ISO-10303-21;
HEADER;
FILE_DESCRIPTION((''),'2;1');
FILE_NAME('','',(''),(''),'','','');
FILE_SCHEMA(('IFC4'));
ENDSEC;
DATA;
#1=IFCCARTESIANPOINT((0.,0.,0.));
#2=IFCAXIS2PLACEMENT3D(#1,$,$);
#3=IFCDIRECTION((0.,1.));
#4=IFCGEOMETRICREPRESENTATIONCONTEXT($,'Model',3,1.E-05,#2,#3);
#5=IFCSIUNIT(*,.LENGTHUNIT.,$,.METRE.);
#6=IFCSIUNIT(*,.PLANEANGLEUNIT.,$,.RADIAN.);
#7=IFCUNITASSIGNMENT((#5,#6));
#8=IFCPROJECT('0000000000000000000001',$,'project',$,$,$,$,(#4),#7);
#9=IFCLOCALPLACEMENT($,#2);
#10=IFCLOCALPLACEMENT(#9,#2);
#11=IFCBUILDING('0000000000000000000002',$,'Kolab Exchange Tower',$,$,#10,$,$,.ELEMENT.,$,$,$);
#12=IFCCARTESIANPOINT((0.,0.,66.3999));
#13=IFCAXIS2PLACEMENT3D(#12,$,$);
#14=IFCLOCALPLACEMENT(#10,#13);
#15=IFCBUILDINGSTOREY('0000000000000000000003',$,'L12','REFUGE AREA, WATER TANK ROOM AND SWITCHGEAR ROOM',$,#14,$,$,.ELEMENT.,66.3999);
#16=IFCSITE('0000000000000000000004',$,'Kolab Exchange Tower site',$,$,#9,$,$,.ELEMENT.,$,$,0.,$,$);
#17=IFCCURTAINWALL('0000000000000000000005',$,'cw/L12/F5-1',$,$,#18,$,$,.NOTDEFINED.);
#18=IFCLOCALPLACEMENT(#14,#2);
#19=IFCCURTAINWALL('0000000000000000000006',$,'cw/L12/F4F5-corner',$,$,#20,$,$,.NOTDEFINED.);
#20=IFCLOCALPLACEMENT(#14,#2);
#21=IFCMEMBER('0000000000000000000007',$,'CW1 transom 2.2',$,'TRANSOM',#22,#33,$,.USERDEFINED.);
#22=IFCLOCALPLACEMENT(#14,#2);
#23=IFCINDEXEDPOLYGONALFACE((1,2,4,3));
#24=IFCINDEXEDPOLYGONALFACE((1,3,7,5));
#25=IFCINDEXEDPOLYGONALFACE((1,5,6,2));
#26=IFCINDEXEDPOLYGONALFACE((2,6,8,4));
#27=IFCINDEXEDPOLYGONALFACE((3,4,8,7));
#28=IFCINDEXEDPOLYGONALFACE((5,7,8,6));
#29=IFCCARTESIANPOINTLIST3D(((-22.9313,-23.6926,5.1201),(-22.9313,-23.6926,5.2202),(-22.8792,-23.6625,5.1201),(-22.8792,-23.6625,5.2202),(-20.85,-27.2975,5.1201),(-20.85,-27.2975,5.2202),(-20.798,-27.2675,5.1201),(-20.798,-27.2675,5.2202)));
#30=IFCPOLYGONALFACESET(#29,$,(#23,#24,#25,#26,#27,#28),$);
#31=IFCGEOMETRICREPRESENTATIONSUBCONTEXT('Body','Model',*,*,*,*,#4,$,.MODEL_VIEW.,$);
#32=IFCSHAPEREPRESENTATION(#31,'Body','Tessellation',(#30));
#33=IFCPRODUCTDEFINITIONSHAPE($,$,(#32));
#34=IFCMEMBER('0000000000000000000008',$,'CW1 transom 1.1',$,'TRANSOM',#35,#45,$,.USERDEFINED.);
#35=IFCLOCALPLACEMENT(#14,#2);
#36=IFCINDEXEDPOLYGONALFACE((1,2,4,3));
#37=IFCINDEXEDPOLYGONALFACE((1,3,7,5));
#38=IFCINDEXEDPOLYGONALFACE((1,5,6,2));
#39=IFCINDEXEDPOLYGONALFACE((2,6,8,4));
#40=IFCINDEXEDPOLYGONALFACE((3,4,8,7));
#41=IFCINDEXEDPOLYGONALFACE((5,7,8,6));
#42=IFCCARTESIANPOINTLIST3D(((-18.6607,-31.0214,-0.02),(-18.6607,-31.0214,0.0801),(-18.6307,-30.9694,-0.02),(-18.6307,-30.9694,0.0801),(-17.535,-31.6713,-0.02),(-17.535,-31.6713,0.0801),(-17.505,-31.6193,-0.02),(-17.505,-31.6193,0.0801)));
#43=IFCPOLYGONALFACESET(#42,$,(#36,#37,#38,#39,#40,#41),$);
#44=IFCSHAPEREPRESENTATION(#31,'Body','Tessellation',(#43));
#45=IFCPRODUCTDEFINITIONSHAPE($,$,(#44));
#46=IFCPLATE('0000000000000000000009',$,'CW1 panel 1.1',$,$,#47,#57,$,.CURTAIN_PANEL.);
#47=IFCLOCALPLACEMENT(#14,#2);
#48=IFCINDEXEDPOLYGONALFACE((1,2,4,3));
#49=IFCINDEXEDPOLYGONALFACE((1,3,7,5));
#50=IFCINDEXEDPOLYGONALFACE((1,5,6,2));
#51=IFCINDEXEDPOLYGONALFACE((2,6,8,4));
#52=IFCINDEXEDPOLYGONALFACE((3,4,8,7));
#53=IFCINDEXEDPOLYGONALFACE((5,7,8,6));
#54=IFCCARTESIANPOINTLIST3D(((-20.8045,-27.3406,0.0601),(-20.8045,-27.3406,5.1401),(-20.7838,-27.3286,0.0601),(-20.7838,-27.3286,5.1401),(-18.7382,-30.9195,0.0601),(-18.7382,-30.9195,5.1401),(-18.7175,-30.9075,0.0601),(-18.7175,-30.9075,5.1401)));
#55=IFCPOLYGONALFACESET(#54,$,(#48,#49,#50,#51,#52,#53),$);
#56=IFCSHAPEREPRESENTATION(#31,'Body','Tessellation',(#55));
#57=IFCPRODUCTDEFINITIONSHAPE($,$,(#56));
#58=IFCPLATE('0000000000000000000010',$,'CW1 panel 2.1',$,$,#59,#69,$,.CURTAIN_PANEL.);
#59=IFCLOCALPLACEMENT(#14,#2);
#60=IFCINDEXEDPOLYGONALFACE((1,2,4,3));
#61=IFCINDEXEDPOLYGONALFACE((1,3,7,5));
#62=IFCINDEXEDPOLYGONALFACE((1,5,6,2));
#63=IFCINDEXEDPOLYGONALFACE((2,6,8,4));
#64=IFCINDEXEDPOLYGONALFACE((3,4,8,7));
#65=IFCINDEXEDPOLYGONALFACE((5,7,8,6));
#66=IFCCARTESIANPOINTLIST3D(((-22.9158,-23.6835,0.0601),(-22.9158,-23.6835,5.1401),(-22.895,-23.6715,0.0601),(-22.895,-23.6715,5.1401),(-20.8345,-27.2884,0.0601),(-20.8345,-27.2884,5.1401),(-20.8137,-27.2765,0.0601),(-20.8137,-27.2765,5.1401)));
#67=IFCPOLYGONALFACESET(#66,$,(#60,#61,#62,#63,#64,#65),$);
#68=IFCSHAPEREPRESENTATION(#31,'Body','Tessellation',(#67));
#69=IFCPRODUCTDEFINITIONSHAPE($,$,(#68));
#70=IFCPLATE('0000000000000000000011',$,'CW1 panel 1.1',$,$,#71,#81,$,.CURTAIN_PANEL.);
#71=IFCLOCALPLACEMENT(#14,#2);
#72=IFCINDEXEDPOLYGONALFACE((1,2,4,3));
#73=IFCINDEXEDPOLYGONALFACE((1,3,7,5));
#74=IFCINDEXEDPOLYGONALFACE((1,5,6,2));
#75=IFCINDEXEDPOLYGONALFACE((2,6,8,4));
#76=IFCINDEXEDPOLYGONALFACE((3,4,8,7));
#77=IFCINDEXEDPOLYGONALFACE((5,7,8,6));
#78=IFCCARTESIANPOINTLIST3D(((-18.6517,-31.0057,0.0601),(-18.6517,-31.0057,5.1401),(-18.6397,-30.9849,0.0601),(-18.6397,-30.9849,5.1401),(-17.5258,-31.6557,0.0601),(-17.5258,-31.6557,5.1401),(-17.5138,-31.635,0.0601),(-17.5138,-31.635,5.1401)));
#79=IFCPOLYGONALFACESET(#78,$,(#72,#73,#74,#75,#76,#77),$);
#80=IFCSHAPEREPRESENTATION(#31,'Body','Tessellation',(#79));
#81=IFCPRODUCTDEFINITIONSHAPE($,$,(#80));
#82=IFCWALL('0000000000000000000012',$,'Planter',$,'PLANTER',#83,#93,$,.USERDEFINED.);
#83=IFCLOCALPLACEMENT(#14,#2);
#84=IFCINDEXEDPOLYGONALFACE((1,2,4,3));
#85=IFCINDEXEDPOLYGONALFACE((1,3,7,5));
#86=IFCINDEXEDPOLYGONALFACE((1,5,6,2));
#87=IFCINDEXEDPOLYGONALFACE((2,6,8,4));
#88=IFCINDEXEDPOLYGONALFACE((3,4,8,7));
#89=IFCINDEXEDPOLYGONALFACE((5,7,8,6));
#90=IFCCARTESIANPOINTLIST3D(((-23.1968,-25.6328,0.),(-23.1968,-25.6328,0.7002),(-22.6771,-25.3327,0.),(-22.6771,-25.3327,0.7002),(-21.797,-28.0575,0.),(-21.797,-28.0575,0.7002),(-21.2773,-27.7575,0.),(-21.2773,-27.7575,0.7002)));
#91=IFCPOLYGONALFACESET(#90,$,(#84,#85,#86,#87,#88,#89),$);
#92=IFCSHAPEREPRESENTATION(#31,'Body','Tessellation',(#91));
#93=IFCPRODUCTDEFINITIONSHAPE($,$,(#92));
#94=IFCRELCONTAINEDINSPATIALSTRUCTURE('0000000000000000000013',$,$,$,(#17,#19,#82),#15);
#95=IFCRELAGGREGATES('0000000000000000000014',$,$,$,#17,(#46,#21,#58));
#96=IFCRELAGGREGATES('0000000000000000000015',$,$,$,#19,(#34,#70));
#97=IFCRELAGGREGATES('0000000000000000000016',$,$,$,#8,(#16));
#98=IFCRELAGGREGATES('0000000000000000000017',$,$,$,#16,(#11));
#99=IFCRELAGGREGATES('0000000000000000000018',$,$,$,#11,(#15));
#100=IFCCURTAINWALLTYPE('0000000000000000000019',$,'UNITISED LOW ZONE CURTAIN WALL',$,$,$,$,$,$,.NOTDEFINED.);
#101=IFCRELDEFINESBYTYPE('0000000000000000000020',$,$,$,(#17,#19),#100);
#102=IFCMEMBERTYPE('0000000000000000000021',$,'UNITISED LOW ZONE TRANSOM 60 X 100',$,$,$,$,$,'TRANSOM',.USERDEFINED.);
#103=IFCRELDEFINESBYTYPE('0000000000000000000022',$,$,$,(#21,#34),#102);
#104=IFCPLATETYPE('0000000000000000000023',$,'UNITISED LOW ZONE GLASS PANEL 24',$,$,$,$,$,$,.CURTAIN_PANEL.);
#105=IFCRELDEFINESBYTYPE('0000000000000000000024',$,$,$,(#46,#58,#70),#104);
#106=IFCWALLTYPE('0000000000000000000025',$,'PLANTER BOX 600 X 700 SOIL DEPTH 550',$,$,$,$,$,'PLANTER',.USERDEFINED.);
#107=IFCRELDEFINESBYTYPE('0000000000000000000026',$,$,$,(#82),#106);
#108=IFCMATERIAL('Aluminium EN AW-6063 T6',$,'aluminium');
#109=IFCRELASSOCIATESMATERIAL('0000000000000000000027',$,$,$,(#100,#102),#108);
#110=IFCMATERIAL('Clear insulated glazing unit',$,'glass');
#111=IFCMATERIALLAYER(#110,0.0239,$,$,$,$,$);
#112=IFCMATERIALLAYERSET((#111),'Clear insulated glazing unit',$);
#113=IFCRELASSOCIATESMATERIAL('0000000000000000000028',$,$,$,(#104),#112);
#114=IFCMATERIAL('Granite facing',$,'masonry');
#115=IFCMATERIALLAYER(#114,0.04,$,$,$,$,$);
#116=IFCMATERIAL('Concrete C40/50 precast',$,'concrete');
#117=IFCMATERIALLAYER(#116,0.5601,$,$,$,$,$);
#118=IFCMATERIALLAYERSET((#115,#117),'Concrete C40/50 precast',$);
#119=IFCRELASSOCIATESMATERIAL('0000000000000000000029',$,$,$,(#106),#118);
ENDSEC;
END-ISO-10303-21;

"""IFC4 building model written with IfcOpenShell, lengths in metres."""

from ifc_helpers import new_model, si_unit, direction, frame, frame_2d, origin, origin_2d, place, context, subcontext, project, spatial, rectangle, extrude, material, layer, layer_set, material_profile, profile_set, type_object, element, aggregate, save


model = new_model("IFC4")

# Units and contexts
model_context = context("Model", 3, precision=1e-05, world=origin(), true_north=direction((0.0, 1.0)))
body_context = subcontext(model_context, "Body", "Model", "MODEL_VIEW")
ifc_project = project(units=[si_unit("LENGTHUNIT", "METRE"), si_unit("PLANEANGLEUNIT", "RADIAN")], contexts=[model_context])

# Site, building, storey
site_placement = place(None, origin())
site = spatial("IfcSite", under=ifc_project, at=site_placement, Name="Kolab Exchange Tower site", CompositionType="ELEMENT", RefElevation=0.0)
building_placement = place(site_placement, origin())
building = spatial("IfcBuilding", under=site, at=building_placement, Name="Kolab Exchange Tower", CompositionType="ELEMENT")
storey_placement = place(building_placement, frame((0.0, 0.0, 66.3999)))
storey = spatial("IfcBuildingStorey", under=building, at=storey_placement, Name="L12", Description="REFUGE AREA, WATER TANK ROOM AND SWITCHGEAR ROOM", CompositionType="ELEMENT", Elevation=66.3999)

# Curtain wall
ifc_material_1 = material(Name="Aluminium EN AW-6063 T6", Category="aluminium")
curtain_wall_type = type_object("IfcCurtainWallType", Name="UNITISED LOW ZONE CURTAIN WALL", PredefinedType="NOTDEFINED", material=ifc_material_1)
curtain_wall_1_placement = place(storey_placement, origin())
curtain_wall_1 = element("IfcCurtainWall", 1, at=curtain_wall_1_placement, inside=storey, type_object=curtain_wall_type, Name="cw/L12/F5-1", PredefinedType="NOTDEFINED")

# Curtain wall
curtain_wall_2_placement = place(storey_placement, origin())
curtain_wall_2 = element("IfcCurtainWall", 2, at=curtain_wall_2_placement, inside=storey, type_object=curtain_wall_type, Name="cw/L12/F4F5-corner", PredefinedType="NOTDEFINED")

# Members
ifc_material_profile_1 = material_profile(ifc_material_1, rectangle(XDim=0.0601, YDim=0.1001, at=origin_2d()), Name="RECT 60X100")
ifc_profile_set_1 = profile_set([ifc_material_profile_1], Name="Aluminium EN AW-6063 T6")
member_type_1 = type_object("IfcMemberType", Name="UNITISED LOW ZONE TRANSOM 60 X 100", ElementType="TRANSOM", PredefinedType="USERDEFINED", material=ifc_profile_set_1)
member_1_placement = place(storey_placement, frame((-20.824, -27.2825, 5.1702), z_axis=(-0.499993, 0.866029, 0.0), x_axis=(-0.866029, -0.499993, 0.0)))
member_1 = element("IfcMember", 3, at=member_1_placement, type_object=member_type_1, Name="CW1 transom 2.2", ObjectType="TRANSOM", PredefinedType="USERDEFINED", context=body_context, shape_type="SweptSolid", body=[
    extrude(rectangle(XDim=0.0601, YDim=0.1001, at=origin_2d()), origin(), (0.0, 0.0, 1.0), 4.1626),
])
member_2_placement = place(storey_placement, frame((-17.52, -31.6453, 0.03), z_axis=(-0.866039, 0.499977, 0.0), x_axis=(-0.499977, -0.866039, 0.0)))
member_2 = element("IfcMember", 4, at=member_2_placement, type_object=member_type_1, Name="CW1 transom 1.1", ObjectType="TRANSOM", PredefinedType="USERDEFINED", context=body_context, shape_type="SweptSolid", body=[
    extrude(rectangle(XDim=0.0601, YDim=0.1001, at=origin_2d()), origin(), (0.0, 0.0, 1.0), 1.2998),
])

# Plates
ifc_material_2 = material(Name="Clear insulated glazing unit", Category="glass")
ifc_layer_1 = layer(ifc_material_2, 0.0239)
ifc_layer_set_1 = layer_set([ifc_layer_1], Name="Clear insulated glazing unit")
plate_type = type_object("IfcPlateType", Name="UNITISED LOW ZONE GLASS PANEL 24", PredefinedType="CURTAIN_PANEL", material=ifc_layer_set_1)
plate_1_placement = place(storey_placement, frame((-19.761, -29.124, 0.0601), z_axis=(0.0, 0.0, 1.0), x_axis=(-0.5, 0.866025, 0.0)))
plate_1 = element("IfcPlate", 5, at=plate_1_placement, type_object=plate_type, Name="CW1 panel 1.1", PredefinedType="CURTAIN_PANEL", context=body_context, shape_type="SweptSolid", body=[
    extrude(rectangle(XDim=4.1326, YDim=0.0239, at=origin_2d()), origin(), (0.0, 0.0, 1.0), 5.0801),
])
plate_2_placement = place(storey_placement, frame((-21.8647, -25.48, 0.0601), z_axis=(0.0, 0.0, 1.0), x_axis=(-0.5, 0.866025, 0.0)))
plate_2 = element("IfcPlate", 6, at=plate_2_placement, type_object=plate_type, Name="CW1 panel 2.1", PredefinedType="CURTAIN_PANEL", context=body_context, shape_type="SweptSolid", body=[
    extrude(rectangle(XDim=4.1626, YDim=0.0239, at=origin_2d()), origin(), (0.0, 0.0, 1.0), 5.0801),
])
aggregate(curtain_wall_1, [plate_1, member_1, plate_2])
plate_3_placement = place(storey_placement, frame((-18.0828, -31.3203, 0.0601), z_axis=(0.0, 0.0, 1.0), x_axis=(-0.866025, 0.5, 0.0)))
plate_3 = element("IfcPlate", 7, at=plate_3_placement, type_object=plate_type, Name="CW1 panel 1.1", PredefinedType="CURTAIN_PANEL", context=body_context, shape_type="SweptSolid", body=[
    extrude(rectangle(XDim=1.3, YDim=0.0239, at=origin_2d()), origin(), (0.0, 0.0, 1.0), 5.0801),
])
aggregate(curtain_wall_2, [member_2, plate_3])

# Wall
ifc_material_3 = material(Name="Granite facing", Category="masonry")
ifc_layer_2 = layer(ifc_material_3, 0.04)
ifc_material_4 = material(Name="Concrete C40/50 precast", Category="concrete")
ifc_layer_3 = layer(ifc_material_4, 0.5601)
ifc_layer_set_2 = layer_set([ifc_layer_2, ifc_layer_3], Name="Concrete C40/50 precast")
wall_type = type_object("IfcWallType", Name="PLANTER BOX 600 X 700 SOIL DEPTH 550", ElementType="PLANTER", PredefinedType="USERDEFINED", material=ifc_layer_set_2)
wall_placement = place(storey_placement, frame((-21.5371, -27.9075, 0.0), z_axis=(0.0, 0.0, 1.0), x_axis=(-0.499984, 0.866035, 0.0)))
element("IfcWall", 8, at=wall_placement, inside=storey, type_object=wall_type, Name="Planter", ObjectType="PLANTER", PredefinedType="USERDEFINED", context=body_context, shape_type="SweptSolid", body=[
    extrude(rectangle(XDim=2.7998, YDim=0.6001, at=frame_2d((1.3999, 0.0))), origin(), (0.0, 0.0, 1.0), 0.7002),
])

save(model, "model.ifc")
